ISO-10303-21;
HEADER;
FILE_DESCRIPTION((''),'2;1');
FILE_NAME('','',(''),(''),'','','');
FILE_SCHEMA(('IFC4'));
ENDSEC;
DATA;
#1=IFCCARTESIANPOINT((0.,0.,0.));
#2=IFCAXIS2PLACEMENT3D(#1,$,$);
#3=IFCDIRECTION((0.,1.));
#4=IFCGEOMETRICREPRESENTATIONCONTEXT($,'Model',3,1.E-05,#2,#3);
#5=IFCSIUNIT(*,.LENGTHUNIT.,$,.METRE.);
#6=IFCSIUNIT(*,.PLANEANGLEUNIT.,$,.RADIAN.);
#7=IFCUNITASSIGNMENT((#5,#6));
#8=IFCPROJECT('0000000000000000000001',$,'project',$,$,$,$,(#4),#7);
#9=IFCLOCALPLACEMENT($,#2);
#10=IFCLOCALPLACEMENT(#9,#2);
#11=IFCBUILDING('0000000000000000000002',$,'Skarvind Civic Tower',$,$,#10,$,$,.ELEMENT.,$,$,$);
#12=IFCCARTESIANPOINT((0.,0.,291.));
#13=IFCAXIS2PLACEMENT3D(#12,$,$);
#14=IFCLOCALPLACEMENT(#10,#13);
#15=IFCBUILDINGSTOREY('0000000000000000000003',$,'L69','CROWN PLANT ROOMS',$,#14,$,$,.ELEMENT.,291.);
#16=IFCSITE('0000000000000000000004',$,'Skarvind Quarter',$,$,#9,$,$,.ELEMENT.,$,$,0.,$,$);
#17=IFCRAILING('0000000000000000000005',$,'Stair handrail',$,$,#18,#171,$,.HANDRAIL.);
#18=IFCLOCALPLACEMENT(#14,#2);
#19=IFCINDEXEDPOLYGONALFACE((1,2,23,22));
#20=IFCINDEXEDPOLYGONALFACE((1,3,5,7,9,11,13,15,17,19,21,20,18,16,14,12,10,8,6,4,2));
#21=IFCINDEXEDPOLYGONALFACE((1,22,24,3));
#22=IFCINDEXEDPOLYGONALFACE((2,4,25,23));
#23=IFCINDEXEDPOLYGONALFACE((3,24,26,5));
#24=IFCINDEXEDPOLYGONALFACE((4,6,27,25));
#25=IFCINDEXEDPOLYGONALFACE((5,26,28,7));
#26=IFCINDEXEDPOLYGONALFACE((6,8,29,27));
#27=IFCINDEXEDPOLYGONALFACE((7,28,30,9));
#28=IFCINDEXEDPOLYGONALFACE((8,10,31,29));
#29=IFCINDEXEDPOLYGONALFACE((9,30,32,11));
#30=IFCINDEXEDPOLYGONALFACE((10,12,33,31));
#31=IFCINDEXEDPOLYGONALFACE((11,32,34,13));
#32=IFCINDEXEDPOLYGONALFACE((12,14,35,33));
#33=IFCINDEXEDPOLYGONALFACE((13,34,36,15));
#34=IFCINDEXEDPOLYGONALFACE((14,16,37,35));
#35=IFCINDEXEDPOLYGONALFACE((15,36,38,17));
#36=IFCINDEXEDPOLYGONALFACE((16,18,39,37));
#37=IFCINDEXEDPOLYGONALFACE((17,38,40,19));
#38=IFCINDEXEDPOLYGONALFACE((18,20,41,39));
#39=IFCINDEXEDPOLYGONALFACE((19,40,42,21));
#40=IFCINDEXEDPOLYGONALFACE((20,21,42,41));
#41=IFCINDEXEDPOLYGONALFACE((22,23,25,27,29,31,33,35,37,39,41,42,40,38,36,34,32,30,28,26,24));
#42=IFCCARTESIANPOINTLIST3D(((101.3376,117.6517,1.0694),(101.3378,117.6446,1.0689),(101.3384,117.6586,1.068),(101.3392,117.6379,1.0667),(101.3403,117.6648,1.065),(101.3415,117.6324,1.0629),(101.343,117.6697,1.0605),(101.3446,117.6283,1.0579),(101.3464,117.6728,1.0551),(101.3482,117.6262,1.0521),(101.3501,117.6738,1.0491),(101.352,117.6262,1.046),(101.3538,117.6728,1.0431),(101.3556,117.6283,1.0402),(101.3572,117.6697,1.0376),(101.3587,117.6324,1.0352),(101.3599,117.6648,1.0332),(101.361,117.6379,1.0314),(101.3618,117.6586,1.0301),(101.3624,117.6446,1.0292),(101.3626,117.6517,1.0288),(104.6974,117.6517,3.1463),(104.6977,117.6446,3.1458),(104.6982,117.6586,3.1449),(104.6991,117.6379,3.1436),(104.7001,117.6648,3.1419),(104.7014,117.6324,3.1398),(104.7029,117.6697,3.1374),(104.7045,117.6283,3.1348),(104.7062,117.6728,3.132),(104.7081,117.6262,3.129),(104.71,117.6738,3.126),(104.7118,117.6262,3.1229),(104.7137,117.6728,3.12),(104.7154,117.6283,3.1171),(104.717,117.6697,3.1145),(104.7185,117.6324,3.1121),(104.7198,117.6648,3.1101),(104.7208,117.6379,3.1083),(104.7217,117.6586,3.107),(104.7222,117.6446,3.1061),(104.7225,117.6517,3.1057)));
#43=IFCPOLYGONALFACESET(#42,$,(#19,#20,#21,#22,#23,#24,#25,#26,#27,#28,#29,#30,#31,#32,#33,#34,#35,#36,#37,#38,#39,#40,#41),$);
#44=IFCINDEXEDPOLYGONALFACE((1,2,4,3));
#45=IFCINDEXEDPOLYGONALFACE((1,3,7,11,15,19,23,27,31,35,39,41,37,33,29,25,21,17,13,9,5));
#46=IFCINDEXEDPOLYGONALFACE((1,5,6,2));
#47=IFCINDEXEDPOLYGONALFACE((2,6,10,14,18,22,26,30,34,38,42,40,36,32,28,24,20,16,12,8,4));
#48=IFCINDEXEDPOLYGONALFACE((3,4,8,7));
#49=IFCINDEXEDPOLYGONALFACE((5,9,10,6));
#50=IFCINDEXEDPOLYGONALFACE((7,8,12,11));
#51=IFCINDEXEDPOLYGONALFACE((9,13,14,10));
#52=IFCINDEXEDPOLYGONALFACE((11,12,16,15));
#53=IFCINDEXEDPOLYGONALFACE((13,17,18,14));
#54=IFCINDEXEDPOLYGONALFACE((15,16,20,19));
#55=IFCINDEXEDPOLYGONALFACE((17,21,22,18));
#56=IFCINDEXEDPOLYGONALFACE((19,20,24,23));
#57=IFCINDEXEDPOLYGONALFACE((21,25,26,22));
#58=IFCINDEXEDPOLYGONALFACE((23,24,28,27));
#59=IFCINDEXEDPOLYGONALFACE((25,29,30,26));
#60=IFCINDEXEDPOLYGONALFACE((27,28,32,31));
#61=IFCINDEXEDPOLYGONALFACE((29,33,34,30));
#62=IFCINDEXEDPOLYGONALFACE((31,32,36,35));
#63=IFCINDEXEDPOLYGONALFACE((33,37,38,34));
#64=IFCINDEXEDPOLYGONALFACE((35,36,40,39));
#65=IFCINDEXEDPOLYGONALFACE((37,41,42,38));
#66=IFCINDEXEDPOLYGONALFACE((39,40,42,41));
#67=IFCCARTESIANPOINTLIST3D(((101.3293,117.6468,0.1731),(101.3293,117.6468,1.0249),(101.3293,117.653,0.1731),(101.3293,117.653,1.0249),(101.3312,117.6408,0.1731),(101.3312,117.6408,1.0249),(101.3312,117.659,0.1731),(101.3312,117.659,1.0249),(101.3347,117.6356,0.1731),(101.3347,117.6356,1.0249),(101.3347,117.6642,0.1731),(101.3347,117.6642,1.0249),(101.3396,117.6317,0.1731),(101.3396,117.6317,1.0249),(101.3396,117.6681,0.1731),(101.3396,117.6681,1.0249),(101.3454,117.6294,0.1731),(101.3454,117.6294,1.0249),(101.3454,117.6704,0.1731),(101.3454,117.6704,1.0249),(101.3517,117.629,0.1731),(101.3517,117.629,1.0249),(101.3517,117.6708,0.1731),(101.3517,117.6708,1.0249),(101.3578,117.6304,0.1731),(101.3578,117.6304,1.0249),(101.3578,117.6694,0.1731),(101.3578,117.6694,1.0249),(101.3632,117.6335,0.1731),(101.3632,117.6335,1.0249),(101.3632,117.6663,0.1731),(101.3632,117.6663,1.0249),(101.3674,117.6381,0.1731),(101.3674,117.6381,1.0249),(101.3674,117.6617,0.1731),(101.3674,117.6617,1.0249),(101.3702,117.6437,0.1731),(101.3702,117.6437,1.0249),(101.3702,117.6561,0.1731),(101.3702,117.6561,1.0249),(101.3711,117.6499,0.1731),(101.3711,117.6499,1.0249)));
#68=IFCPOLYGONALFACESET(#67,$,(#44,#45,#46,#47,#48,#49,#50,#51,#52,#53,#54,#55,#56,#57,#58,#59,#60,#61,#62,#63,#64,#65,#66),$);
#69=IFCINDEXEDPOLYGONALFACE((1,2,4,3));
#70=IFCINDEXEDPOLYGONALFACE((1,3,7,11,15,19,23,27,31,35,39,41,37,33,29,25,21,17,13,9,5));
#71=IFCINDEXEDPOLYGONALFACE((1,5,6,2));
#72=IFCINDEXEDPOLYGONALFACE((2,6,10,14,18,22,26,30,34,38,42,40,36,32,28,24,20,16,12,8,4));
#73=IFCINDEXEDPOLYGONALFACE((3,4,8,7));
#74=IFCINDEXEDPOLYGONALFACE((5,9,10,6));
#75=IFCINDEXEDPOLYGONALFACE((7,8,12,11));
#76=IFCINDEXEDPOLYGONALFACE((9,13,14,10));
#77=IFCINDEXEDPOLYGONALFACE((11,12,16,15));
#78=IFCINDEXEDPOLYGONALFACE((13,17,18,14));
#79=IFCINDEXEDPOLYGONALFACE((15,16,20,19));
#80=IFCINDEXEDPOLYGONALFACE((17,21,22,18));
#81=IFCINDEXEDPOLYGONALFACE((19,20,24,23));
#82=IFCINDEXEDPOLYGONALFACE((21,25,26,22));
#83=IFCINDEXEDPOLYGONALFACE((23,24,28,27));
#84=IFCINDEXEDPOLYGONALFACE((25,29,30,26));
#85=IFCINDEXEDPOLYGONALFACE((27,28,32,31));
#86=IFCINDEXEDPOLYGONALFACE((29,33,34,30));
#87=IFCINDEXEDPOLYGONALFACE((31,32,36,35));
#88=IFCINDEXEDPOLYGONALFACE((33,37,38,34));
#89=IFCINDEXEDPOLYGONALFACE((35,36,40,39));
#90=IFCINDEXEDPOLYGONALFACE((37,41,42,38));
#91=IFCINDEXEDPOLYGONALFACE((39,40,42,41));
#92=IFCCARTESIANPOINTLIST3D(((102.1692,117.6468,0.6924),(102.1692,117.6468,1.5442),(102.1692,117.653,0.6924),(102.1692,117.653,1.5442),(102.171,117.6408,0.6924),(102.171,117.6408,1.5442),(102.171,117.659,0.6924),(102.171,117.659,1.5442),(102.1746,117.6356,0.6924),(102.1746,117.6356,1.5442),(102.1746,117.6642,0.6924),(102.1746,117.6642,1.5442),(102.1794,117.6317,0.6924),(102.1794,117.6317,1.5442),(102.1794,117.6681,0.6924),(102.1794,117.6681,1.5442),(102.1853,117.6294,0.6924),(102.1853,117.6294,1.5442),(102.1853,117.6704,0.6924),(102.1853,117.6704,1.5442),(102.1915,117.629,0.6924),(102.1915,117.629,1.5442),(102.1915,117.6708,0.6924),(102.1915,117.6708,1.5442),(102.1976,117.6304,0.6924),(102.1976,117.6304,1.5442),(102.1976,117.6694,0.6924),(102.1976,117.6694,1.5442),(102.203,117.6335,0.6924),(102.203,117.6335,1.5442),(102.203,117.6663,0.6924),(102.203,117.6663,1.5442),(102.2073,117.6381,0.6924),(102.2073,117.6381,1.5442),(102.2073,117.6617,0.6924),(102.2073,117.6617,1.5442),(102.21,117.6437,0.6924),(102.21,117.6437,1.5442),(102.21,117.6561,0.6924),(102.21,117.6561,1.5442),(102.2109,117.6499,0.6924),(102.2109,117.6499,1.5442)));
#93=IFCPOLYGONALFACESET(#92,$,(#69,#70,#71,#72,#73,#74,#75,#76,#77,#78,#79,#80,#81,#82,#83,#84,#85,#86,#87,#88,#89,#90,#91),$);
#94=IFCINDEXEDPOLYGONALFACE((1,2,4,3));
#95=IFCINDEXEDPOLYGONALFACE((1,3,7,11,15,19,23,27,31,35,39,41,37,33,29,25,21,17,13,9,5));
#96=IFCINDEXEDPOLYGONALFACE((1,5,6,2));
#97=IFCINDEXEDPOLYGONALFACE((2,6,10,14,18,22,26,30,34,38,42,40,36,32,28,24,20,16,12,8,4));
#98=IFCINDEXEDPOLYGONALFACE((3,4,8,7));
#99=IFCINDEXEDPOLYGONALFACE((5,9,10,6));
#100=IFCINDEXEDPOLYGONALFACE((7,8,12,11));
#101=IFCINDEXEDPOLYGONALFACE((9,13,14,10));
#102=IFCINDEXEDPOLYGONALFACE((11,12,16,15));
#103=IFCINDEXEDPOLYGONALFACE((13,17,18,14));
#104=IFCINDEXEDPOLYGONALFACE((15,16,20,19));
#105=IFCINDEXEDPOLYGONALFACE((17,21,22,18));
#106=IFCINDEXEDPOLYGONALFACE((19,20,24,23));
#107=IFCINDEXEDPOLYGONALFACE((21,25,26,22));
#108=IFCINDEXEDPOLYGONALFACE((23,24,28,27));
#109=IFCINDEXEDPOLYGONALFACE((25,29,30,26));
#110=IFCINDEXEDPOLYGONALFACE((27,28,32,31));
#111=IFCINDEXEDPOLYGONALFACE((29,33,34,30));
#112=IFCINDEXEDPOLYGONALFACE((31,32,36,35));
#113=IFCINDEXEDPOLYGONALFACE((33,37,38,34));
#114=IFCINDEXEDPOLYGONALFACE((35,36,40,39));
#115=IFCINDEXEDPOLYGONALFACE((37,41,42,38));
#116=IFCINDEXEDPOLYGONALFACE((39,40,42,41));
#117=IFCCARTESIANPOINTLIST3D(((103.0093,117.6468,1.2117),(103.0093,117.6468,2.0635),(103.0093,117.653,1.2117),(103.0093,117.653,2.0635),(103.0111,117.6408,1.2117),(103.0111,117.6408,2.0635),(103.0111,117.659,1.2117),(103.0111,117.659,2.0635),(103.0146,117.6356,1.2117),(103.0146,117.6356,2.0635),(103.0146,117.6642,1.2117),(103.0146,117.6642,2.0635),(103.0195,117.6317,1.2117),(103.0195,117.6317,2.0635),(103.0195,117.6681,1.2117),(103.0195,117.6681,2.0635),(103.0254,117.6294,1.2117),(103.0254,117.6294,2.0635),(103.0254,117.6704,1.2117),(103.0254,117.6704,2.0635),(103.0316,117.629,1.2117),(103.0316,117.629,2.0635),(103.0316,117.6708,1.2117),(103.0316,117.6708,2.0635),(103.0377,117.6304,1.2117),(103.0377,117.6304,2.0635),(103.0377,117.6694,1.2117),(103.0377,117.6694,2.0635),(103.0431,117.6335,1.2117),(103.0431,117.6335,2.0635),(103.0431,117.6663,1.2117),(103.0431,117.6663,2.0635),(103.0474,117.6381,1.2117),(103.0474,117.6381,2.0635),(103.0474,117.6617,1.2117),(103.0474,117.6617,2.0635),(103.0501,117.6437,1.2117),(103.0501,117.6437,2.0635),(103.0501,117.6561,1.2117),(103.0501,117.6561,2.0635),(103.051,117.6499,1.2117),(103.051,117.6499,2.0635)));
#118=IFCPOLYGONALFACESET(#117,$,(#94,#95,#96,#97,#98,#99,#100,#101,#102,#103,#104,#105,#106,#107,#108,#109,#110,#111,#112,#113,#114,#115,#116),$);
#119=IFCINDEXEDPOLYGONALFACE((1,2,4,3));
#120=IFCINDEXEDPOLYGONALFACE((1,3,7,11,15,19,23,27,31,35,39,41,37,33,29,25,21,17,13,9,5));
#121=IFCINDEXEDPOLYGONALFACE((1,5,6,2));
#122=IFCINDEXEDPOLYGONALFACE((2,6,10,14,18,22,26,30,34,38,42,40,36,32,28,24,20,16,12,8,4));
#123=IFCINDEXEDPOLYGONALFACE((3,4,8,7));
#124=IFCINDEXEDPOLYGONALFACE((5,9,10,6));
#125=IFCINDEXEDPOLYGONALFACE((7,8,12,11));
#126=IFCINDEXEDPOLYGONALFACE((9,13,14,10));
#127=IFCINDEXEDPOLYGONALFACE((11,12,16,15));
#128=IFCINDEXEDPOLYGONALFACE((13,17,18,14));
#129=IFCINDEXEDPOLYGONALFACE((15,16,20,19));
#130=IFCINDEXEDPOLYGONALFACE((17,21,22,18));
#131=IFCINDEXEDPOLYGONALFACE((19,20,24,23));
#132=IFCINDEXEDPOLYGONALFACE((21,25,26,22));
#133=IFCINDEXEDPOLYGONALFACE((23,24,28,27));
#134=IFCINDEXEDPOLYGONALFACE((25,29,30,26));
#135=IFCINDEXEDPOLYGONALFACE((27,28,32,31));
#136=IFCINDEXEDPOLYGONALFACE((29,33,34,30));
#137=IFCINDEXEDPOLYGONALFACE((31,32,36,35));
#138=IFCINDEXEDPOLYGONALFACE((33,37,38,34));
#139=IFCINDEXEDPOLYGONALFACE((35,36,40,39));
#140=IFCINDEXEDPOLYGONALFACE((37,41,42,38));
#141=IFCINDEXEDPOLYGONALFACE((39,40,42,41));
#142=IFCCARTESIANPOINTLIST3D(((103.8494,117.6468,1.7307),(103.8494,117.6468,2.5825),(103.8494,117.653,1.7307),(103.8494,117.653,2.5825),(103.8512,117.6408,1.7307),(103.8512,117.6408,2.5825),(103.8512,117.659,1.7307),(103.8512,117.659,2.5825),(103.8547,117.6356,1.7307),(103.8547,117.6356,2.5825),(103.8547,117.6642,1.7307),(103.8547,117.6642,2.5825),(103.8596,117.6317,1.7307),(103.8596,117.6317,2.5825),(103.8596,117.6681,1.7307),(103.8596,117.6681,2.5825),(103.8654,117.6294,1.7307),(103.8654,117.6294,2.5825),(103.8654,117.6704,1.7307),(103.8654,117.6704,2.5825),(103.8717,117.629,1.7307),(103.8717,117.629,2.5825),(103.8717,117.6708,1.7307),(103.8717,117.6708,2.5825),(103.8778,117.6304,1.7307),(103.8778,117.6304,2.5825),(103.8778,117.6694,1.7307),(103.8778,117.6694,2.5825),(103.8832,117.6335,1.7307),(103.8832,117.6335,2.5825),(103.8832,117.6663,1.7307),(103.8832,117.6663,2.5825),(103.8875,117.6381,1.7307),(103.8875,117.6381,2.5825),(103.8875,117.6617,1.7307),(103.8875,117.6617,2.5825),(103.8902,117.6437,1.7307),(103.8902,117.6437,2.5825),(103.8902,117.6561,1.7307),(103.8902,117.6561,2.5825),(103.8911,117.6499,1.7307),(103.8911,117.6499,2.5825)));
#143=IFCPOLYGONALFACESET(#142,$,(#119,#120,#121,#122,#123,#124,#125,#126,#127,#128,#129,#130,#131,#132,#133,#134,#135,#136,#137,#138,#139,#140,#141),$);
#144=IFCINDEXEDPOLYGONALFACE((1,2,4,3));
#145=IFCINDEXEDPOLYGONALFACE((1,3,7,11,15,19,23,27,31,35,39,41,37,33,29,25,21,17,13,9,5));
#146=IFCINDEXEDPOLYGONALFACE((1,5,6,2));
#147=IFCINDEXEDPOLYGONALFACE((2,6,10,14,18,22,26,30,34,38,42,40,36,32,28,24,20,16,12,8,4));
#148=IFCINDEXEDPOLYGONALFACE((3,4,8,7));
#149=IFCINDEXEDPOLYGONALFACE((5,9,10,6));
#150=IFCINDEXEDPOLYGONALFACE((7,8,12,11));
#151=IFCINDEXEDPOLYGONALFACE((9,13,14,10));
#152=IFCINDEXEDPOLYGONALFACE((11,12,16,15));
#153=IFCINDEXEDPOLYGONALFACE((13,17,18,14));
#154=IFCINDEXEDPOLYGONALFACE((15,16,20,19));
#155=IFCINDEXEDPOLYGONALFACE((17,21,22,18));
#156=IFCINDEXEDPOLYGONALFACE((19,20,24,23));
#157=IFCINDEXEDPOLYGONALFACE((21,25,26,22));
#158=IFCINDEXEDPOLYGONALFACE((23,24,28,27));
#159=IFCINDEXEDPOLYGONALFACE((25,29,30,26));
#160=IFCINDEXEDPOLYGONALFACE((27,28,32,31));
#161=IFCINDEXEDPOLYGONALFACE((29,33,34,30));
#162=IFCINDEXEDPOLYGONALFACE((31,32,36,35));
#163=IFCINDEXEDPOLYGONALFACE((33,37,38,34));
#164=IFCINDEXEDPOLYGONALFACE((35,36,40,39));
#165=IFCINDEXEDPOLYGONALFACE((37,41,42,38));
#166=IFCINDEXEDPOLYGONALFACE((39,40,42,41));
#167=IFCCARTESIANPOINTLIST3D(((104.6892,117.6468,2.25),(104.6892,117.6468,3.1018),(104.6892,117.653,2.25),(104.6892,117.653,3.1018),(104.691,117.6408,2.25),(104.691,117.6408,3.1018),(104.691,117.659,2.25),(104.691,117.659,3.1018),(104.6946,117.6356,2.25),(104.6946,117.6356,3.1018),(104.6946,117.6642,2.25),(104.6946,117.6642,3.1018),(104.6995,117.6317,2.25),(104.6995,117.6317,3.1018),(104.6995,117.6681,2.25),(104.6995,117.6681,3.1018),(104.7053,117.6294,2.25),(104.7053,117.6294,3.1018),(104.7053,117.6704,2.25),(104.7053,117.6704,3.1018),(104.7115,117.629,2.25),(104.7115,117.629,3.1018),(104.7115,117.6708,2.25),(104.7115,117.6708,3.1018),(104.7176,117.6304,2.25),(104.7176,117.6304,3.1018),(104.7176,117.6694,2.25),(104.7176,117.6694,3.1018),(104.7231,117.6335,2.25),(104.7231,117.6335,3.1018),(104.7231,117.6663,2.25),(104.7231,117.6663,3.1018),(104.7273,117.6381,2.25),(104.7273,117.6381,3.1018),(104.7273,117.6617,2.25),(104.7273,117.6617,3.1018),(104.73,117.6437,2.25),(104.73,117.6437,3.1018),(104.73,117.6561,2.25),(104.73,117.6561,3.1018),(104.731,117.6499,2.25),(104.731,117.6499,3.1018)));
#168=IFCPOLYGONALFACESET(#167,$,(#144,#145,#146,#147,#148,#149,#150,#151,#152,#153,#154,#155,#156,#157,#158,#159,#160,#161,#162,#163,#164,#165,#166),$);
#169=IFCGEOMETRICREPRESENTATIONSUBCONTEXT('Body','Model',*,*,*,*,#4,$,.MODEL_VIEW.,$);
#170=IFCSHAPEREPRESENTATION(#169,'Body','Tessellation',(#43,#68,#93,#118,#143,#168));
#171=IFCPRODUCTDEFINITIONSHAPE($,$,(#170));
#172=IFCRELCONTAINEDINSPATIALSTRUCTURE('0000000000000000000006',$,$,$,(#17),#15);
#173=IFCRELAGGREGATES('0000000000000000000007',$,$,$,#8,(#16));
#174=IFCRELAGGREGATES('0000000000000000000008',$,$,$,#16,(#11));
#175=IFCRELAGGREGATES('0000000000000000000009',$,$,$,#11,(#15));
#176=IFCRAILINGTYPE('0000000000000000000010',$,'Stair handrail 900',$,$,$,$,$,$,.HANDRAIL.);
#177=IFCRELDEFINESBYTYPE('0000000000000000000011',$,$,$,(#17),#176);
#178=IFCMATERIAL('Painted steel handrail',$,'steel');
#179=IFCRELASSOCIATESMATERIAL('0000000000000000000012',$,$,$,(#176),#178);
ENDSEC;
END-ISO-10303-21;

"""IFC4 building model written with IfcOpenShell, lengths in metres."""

from ifc_helpers import new_model, si_unit, direction, frame, origin, origin_2d, place, context, subcontext, project, spatial, circle, extrude, material, type_object, element, save


model = new_model("IFC4")

# Units and contexts
model_context = context("Model", 3, precision=1e-05, world=origin(), true_north=direction((0.0, 1.0)))
body_context = subcontext(model_context, "Body", "Model", "MODEL_VIEW")
ifc_project = project(units=[si_unit("LENGTHUNIT", "METRE"), si_unit("PLANEANGLEUNIT", "RADIAN")], contexts=[model_context])

# Site, building, storey
site_placement = place(None, origin())
site = spatial("IfcSite", under=ifc_project, at=site_placement, Name="Skarvind Quarter", CompositionType="ELEMENT", RefElevation=0.0)
building_placement = place(site_placement, origin())
building = spatial("IfcBuilding", under=site, at=building_placement, Name="Skarvind Civic Tower", CompositionType="ELEMENT")
storey_placement = place(building_placement, frame((0.0, 0.0, 291.0)))
storey = spatial("IfcBuildingStorey", under=building, at=storey_placement, Name="L69", Description="CROWN PLANT ROOMS", CompositionType="ELEMENT", Elevation=291.0)

# Railing
ifc_material_1 = material(Name="Painted steel handrail", Category="steel")
railing_type = type_object("IfcRailingType", Name="Stair handrail 900", PredefinedType="HANDRAIL", material=ifc_material_1)
railing_1_placement = place(storey_placement, frame((101.3501, 117.6499, 0.1731)))
element("IfcRailing", 1, at=railing_1_placement, inside=storey, type_object=railing_type, Name="Stair handrail", PredefinedType="HANDRAIL", context=body_context, shape_type="SweptSolid", body=[
    extrude(circle(Radius=0.0239, at=origin_2d()), frame((0.0, 0.0, 0.876), z_axis=(0.850606, 0.0, 0.525803), x_axis=(0.0, 1.0, 0.0)), (0.0, 0.0, 1.0), 3.95),
    extrude(circle(Radius=0.021, at=origin_2d()), origin(), (0.0, 0.0, 1.0), 0.8518),
    extrude(circle(Radius=0.021, at=origin_2d()), frame((0.8398, 0.0, 0.5193)), (0.0, 0.0, 1.0), 0.8518),
    extrude(circle(Radius=0.021, at=origin_2d()), frame((1.6799, 0.0, 1.0386)), (0.0, 0.0, 1.0), 0.8518),
    extrude(circle(Radius=0.021, at=origin_2d()), frame((2.52, 0.0, 1.5576)), (0.0, 0.0, 1.0), 0.8518),
    extrude(circle(Radius=0.021, at=origin_2d()), frame((3.3599, 0.0, 2.0769)), (0.0, 0.0, 1.0), 0.8518),
])

save(model, "model.ifc")
